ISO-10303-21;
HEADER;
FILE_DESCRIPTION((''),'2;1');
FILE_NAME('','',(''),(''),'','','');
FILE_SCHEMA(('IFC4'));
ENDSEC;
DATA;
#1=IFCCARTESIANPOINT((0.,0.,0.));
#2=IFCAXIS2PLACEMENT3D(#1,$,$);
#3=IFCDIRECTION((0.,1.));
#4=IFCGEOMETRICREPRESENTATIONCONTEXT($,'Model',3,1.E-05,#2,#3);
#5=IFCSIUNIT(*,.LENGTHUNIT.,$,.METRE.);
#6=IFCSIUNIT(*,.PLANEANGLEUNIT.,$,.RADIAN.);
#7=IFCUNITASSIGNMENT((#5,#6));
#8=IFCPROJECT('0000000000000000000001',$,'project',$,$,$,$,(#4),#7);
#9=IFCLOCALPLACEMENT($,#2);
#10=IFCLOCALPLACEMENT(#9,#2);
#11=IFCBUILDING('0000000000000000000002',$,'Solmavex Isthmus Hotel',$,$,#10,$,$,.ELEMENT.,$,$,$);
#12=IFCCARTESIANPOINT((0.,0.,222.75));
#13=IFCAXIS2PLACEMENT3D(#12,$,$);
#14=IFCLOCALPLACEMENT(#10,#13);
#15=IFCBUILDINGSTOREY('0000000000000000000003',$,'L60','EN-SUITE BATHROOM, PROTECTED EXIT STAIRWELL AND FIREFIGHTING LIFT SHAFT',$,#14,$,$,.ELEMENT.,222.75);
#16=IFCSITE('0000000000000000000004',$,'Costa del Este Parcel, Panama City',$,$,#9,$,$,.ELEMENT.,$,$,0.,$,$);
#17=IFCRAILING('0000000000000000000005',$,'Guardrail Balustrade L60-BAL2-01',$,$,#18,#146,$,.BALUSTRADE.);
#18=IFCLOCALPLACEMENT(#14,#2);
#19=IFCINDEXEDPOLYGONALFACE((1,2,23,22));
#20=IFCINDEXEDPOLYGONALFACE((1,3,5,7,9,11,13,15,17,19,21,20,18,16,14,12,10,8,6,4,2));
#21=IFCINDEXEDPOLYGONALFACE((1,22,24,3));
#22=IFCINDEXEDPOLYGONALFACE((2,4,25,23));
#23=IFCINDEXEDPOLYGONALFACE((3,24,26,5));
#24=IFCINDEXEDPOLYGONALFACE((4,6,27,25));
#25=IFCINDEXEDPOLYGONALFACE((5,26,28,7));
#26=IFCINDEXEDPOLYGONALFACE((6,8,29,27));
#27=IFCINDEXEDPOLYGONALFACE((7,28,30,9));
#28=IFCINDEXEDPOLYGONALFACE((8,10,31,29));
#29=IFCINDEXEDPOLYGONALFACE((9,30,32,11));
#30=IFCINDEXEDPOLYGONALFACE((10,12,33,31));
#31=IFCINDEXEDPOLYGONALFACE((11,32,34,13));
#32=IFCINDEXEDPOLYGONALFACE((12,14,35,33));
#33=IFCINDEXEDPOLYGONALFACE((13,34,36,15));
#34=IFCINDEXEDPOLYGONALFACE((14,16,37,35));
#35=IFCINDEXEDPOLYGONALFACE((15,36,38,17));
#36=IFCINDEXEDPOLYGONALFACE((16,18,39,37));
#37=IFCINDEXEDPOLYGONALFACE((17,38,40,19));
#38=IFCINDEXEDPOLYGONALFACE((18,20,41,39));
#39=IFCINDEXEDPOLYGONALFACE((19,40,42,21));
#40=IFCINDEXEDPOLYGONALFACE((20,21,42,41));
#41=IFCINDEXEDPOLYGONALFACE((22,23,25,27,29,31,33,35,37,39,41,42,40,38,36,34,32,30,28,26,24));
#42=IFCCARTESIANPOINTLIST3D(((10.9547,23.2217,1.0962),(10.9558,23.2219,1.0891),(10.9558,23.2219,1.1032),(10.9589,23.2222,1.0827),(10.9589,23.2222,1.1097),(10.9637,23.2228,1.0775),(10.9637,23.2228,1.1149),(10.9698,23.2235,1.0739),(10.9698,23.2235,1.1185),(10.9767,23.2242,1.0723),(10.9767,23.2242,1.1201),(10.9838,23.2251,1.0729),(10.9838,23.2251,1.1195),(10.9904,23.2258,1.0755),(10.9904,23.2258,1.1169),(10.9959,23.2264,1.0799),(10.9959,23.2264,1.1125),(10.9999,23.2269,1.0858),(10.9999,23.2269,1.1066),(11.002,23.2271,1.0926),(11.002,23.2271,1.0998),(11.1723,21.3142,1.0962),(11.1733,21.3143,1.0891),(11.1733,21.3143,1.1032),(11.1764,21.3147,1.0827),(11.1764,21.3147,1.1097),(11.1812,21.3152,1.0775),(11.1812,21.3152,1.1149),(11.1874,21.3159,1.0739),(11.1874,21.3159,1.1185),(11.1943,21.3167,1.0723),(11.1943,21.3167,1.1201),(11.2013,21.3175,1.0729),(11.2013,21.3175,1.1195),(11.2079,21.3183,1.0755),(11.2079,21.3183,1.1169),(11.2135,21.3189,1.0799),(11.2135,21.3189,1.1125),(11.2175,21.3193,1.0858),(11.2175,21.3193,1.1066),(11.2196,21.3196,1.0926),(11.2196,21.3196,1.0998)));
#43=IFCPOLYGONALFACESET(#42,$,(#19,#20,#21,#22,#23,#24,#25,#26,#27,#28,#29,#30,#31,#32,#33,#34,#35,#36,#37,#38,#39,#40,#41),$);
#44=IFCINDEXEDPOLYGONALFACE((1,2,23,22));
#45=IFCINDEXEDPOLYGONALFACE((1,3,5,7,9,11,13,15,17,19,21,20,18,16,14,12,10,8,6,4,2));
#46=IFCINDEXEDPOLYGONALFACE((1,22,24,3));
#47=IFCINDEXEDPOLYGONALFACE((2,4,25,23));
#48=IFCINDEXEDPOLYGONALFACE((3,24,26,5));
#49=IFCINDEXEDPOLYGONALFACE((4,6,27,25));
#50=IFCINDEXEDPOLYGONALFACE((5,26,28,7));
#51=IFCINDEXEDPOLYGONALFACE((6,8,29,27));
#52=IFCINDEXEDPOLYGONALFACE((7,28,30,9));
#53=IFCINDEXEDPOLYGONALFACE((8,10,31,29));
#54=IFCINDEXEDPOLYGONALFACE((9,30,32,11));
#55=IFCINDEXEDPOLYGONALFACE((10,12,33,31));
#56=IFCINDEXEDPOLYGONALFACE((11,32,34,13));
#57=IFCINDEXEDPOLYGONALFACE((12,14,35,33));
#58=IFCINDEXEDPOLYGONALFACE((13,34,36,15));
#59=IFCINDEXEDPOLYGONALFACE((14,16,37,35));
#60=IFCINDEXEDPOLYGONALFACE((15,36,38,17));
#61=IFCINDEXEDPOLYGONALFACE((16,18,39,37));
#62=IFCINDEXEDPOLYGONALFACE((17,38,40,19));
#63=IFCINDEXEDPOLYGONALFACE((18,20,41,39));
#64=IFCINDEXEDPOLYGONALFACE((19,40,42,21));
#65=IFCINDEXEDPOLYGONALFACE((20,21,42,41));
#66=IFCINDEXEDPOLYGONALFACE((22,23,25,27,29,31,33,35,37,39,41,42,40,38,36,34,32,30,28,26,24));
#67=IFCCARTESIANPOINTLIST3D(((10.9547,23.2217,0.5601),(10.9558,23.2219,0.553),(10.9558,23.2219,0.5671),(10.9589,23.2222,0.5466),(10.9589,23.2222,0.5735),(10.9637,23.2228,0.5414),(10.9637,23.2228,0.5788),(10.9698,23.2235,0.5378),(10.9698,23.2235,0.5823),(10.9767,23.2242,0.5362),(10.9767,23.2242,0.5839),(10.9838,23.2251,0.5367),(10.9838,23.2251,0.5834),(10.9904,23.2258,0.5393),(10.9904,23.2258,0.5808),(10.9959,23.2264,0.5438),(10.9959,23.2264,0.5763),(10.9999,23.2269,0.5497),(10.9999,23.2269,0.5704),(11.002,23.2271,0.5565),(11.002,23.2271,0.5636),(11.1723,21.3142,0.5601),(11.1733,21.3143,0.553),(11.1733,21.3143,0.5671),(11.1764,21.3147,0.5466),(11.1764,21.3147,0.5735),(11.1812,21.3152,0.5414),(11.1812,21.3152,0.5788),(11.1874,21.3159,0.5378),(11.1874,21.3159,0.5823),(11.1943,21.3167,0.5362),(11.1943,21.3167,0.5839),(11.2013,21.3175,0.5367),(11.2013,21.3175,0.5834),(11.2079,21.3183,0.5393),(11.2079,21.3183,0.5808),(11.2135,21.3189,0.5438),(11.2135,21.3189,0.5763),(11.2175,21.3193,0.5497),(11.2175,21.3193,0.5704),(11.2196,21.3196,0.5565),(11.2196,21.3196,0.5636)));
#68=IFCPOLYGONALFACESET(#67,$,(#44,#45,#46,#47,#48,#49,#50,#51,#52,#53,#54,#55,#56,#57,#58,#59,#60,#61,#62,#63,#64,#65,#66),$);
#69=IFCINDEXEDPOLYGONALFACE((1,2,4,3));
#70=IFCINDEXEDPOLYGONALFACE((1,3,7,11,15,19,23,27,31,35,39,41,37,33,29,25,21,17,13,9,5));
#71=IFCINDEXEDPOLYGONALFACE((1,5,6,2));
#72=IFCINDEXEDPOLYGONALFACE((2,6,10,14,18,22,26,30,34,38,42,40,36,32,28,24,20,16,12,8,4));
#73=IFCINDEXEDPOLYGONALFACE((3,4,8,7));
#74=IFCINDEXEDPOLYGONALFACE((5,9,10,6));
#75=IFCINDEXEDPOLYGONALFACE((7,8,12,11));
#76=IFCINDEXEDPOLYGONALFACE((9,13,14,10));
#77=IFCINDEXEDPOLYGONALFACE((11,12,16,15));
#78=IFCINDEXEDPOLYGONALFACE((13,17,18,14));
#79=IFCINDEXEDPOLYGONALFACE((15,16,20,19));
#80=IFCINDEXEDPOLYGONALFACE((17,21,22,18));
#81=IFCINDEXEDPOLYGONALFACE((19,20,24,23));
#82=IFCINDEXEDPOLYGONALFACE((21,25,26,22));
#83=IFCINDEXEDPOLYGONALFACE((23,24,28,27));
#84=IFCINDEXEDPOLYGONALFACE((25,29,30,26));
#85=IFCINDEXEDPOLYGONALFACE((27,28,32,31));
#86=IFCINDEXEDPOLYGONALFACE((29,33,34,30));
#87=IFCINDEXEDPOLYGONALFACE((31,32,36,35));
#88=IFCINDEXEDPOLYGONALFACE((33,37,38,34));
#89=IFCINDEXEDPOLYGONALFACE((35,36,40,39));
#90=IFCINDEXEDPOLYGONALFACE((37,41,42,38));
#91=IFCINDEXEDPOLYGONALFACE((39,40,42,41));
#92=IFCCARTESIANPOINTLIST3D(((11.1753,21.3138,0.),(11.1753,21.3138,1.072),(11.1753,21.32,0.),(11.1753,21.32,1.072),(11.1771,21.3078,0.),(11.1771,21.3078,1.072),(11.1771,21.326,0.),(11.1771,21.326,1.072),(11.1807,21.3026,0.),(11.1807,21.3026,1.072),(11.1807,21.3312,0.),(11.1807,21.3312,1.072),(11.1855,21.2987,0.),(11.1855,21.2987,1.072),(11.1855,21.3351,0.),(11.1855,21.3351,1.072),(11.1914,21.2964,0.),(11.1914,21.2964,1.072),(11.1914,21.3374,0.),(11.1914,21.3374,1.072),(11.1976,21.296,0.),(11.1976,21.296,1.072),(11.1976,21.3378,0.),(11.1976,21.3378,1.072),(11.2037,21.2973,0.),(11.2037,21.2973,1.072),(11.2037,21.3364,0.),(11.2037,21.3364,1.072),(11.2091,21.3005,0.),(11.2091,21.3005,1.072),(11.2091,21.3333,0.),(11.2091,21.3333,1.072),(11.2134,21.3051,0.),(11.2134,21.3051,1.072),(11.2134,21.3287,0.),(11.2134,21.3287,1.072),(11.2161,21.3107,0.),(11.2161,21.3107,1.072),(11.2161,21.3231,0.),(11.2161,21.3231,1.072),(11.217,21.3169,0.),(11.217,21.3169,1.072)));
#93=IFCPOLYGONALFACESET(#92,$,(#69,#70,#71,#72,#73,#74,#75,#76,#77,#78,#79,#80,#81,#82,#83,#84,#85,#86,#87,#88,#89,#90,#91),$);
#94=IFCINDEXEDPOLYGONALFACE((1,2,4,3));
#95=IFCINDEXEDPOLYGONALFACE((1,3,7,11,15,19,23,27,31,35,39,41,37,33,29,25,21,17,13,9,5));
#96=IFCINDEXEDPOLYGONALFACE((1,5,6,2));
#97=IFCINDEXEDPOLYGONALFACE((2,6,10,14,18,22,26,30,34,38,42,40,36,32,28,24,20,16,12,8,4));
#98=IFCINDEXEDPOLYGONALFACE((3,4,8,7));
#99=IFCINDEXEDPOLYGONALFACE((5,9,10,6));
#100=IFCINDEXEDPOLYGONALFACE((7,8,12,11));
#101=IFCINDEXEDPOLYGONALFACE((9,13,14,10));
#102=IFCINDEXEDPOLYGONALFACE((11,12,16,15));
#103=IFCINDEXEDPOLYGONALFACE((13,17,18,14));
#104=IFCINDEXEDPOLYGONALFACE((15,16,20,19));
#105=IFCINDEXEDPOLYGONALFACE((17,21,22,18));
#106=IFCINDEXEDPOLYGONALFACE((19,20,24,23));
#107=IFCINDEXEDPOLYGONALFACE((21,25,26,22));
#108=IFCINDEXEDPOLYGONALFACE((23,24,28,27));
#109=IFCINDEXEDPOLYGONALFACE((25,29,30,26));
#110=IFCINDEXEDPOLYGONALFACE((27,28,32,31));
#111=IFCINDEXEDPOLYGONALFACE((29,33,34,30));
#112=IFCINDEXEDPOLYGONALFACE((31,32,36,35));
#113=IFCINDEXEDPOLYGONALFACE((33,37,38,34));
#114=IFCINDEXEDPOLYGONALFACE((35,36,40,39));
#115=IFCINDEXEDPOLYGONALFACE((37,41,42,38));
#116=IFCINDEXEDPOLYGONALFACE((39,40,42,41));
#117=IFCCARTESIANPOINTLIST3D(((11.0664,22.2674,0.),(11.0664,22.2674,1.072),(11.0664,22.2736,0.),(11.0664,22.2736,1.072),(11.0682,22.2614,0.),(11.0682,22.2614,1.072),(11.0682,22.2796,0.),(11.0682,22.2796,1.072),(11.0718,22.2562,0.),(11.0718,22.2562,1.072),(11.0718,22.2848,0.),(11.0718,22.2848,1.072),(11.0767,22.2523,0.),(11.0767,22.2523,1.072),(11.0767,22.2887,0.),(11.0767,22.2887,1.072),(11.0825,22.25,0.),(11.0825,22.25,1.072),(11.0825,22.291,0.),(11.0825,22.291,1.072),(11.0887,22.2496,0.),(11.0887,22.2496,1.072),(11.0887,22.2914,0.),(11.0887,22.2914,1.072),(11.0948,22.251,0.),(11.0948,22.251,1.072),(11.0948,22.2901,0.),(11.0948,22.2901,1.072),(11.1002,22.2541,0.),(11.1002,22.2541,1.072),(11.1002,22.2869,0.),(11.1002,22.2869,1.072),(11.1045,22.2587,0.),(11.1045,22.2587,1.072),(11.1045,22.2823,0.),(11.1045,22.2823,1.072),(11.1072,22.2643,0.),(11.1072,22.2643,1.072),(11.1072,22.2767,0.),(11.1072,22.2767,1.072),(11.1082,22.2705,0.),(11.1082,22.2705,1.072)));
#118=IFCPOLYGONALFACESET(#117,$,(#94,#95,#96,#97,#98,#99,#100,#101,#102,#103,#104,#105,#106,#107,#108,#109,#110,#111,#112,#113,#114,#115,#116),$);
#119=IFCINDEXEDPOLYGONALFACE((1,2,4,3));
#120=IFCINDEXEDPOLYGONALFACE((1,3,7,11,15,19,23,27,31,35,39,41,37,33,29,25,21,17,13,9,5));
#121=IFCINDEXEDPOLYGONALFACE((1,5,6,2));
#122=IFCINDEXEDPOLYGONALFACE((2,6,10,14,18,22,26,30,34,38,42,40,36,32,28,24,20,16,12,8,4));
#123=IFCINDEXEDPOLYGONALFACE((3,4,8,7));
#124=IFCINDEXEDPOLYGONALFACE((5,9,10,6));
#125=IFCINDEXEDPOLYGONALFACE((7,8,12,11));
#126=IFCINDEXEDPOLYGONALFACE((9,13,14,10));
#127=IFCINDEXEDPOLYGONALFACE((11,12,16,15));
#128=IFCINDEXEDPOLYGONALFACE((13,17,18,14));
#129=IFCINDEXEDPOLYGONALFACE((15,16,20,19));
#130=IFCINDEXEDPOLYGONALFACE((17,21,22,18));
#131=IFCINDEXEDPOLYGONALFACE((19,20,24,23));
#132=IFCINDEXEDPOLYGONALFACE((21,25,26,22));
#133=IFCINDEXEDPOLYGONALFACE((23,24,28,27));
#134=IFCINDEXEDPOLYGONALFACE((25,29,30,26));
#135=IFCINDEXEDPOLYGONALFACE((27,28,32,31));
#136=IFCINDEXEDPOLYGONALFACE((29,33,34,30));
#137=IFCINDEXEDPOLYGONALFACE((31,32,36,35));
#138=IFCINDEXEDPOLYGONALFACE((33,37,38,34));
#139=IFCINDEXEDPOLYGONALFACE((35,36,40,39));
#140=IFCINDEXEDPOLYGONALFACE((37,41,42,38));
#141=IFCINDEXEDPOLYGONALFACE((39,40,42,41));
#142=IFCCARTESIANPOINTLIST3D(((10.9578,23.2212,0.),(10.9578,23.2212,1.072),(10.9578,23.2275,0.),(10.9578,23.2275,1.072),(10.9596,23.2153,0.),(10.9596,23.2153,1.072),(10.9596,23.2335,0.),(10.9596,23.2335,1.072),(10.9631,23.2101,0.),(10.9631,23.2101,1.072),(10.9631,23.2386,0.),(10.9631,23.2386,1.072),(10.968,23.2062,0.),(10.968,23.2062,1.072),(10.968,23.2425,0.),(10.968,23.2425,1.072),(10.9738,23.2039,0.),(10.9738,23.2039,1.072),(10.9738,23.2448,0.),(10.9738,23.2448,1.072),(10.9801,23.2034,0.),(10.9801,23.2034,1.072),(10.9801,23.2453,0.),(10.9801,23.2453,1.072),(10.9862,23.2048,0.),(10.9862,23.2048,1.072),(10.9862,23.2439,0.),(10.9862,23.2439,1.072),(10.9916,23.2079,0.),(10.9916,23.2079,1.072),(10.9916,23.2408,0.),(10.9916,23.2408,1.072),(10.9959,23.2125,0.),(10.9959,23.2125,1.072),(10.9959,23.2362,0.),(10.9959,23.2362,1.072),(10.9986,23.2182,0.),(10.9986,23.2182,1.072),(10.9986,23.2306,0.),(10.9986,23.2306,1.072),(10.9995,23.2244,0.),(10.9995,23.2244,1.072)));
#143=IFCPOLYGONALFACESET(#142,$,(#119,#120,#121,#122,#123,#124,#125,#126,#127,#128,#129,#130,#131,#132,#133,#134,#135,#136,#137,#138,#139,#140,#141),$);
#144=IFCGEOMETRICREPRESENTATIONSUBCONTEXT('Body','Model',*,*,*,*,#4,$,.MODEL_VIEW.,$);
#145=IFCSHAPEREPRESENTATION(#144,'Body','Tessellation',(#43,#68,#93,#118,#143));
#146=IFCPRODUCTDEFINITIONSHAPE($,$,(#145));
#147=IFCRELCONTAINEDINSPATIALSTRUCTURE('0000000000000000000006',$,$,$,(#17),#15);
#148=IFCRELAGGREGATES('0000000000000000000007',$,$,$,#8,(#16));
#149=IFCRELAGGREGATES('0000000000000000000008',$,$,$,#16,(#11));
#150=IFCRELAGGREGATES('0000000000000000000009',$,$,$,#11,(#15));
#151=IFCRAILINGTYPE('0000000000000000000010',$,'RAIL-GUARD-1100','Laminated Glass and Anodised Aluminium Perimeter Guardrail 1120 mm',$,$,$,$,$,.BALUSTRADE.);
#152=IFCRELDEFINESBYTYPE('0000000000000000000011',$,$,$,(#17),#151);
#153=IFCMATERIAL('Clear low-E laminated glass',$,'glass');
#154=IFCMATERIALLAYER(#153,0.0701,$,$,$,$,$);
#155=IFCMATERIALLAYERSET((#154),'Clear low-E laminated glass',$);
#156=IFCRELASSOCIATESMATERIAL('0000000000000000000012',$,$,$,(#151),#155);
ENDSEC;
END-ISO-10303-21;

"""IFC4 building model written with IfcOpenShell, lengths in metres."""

from ifc_helpers import new_model, si_unit, direction, frame, origin, origin_2d, place, context, subcontext, project, spatial, circle, extrude, material, layer, layer_set, type_object, element, save


model = new_model("IFC4")

# Units and contexts
model_context = context("Model", 3, precision=1e-05, world=origin(), true_north=direction((0.0, 1.0)))
body_context = subcontext(model_context, "Body", "Model", "MODEL_VIEW")
ifc_project = project(units=[si_unit("LENGTHUNIT", "METRE"), si_unit("PLANEANGLEUNIT", "RADIAN")], contexts=[model_context])

# Site, building, storey
site_placement = place(None, origin())
site = spatial("IfcSite", under=ifc_project, at=site_placement, Name="Costa del Este Parcel, Panama City", CompositionType="ELEMENT", RefElevation=0.0)
building_placement = place(site_placement, origin())
building = spatial("IfcBuilding", under=site, at=building_placement, Name="Solmavex Isthmus Hotel", CompositionType="ELEMENT")
storey_placement = place(building_placement, frame((0.0, 0.0, 222.75)))
storey = spatial("IfcBuildingStorey", under=building, at=storey_placement, Name="L60", Description="EN-SUITE BATHROOM, PROTECTED EXIT STAIRWELL AND FIREFIGHTING LIFT SHAFT", CompositionType="ELEMENT", Elevation=222.75)

# Shared definitions
ifc_material_1 = material(Name="Clear low-E laminated glass", Category="glass")

# Railing
ifc_layer_1 = layer(ifc_material_1, 0.0701)
ifc_layer_set_1 = layer_set([ifc_layer_1], Name="Clear low-E laminated glass")
railing_type_1 = type_object("IfcRailingType", Name="RAIL-GUARD-1100", Description="Laminated Glass and Anodised Aluminium Perimeter Guardrail 1120 mm", PredefinedType="BALUSTRADE", material=ifc_layer_set_1)
railing_1_placement = place(storey_placement, frame((11.196, 21.3169, 0.0)))
element("IfcRailing", 1, at=railing_1_placement, inside=storey, type_object=railing_type_1, Name="Guardrail Balustrade L60-BAL2-01", PredefinedType="BALUSTRADE", context=body_context, shape_type="SweptSolid", body=[
    extrude(circle(Radius=0.0239, at=origin_2d()), frame((0.0, 0.0, 1.0962), z_axis=(-0.113306, 0.99356, 0.0), x_axis=(-0.99356, -0.113306, 0.0)), (0.0, 0.0, 1.0), 1.9199),
    extrude(circle(Radius=0.0239, at=origin_2d()), frame((0.0, 0.0, 0.5601), z_axis=(-0.113306, 0.99356, 0.0), x_axis=(-0.99356, -0.113306, 0.0)), (0.0, 0.0, 1.0), 1.9199),
    extrude(circle(Radius=0.021, at=origin_2d()), origin(), (0.0, 0.0, 1.0), 1.072),
    extrude(circle(Radius=0.021, at=origin_2d()), frame((-0.1089, 0.9536, 0.0)), (0.0, 0.0, 1.0), 1.072),
    extrude(circle(Radius=0.021, at=origin_2d()), frame((-0.2175, 1.9075, 0.0)), (0.0, 0.0, 1.0), 1.072),
])

save(model, "model.ifc")
